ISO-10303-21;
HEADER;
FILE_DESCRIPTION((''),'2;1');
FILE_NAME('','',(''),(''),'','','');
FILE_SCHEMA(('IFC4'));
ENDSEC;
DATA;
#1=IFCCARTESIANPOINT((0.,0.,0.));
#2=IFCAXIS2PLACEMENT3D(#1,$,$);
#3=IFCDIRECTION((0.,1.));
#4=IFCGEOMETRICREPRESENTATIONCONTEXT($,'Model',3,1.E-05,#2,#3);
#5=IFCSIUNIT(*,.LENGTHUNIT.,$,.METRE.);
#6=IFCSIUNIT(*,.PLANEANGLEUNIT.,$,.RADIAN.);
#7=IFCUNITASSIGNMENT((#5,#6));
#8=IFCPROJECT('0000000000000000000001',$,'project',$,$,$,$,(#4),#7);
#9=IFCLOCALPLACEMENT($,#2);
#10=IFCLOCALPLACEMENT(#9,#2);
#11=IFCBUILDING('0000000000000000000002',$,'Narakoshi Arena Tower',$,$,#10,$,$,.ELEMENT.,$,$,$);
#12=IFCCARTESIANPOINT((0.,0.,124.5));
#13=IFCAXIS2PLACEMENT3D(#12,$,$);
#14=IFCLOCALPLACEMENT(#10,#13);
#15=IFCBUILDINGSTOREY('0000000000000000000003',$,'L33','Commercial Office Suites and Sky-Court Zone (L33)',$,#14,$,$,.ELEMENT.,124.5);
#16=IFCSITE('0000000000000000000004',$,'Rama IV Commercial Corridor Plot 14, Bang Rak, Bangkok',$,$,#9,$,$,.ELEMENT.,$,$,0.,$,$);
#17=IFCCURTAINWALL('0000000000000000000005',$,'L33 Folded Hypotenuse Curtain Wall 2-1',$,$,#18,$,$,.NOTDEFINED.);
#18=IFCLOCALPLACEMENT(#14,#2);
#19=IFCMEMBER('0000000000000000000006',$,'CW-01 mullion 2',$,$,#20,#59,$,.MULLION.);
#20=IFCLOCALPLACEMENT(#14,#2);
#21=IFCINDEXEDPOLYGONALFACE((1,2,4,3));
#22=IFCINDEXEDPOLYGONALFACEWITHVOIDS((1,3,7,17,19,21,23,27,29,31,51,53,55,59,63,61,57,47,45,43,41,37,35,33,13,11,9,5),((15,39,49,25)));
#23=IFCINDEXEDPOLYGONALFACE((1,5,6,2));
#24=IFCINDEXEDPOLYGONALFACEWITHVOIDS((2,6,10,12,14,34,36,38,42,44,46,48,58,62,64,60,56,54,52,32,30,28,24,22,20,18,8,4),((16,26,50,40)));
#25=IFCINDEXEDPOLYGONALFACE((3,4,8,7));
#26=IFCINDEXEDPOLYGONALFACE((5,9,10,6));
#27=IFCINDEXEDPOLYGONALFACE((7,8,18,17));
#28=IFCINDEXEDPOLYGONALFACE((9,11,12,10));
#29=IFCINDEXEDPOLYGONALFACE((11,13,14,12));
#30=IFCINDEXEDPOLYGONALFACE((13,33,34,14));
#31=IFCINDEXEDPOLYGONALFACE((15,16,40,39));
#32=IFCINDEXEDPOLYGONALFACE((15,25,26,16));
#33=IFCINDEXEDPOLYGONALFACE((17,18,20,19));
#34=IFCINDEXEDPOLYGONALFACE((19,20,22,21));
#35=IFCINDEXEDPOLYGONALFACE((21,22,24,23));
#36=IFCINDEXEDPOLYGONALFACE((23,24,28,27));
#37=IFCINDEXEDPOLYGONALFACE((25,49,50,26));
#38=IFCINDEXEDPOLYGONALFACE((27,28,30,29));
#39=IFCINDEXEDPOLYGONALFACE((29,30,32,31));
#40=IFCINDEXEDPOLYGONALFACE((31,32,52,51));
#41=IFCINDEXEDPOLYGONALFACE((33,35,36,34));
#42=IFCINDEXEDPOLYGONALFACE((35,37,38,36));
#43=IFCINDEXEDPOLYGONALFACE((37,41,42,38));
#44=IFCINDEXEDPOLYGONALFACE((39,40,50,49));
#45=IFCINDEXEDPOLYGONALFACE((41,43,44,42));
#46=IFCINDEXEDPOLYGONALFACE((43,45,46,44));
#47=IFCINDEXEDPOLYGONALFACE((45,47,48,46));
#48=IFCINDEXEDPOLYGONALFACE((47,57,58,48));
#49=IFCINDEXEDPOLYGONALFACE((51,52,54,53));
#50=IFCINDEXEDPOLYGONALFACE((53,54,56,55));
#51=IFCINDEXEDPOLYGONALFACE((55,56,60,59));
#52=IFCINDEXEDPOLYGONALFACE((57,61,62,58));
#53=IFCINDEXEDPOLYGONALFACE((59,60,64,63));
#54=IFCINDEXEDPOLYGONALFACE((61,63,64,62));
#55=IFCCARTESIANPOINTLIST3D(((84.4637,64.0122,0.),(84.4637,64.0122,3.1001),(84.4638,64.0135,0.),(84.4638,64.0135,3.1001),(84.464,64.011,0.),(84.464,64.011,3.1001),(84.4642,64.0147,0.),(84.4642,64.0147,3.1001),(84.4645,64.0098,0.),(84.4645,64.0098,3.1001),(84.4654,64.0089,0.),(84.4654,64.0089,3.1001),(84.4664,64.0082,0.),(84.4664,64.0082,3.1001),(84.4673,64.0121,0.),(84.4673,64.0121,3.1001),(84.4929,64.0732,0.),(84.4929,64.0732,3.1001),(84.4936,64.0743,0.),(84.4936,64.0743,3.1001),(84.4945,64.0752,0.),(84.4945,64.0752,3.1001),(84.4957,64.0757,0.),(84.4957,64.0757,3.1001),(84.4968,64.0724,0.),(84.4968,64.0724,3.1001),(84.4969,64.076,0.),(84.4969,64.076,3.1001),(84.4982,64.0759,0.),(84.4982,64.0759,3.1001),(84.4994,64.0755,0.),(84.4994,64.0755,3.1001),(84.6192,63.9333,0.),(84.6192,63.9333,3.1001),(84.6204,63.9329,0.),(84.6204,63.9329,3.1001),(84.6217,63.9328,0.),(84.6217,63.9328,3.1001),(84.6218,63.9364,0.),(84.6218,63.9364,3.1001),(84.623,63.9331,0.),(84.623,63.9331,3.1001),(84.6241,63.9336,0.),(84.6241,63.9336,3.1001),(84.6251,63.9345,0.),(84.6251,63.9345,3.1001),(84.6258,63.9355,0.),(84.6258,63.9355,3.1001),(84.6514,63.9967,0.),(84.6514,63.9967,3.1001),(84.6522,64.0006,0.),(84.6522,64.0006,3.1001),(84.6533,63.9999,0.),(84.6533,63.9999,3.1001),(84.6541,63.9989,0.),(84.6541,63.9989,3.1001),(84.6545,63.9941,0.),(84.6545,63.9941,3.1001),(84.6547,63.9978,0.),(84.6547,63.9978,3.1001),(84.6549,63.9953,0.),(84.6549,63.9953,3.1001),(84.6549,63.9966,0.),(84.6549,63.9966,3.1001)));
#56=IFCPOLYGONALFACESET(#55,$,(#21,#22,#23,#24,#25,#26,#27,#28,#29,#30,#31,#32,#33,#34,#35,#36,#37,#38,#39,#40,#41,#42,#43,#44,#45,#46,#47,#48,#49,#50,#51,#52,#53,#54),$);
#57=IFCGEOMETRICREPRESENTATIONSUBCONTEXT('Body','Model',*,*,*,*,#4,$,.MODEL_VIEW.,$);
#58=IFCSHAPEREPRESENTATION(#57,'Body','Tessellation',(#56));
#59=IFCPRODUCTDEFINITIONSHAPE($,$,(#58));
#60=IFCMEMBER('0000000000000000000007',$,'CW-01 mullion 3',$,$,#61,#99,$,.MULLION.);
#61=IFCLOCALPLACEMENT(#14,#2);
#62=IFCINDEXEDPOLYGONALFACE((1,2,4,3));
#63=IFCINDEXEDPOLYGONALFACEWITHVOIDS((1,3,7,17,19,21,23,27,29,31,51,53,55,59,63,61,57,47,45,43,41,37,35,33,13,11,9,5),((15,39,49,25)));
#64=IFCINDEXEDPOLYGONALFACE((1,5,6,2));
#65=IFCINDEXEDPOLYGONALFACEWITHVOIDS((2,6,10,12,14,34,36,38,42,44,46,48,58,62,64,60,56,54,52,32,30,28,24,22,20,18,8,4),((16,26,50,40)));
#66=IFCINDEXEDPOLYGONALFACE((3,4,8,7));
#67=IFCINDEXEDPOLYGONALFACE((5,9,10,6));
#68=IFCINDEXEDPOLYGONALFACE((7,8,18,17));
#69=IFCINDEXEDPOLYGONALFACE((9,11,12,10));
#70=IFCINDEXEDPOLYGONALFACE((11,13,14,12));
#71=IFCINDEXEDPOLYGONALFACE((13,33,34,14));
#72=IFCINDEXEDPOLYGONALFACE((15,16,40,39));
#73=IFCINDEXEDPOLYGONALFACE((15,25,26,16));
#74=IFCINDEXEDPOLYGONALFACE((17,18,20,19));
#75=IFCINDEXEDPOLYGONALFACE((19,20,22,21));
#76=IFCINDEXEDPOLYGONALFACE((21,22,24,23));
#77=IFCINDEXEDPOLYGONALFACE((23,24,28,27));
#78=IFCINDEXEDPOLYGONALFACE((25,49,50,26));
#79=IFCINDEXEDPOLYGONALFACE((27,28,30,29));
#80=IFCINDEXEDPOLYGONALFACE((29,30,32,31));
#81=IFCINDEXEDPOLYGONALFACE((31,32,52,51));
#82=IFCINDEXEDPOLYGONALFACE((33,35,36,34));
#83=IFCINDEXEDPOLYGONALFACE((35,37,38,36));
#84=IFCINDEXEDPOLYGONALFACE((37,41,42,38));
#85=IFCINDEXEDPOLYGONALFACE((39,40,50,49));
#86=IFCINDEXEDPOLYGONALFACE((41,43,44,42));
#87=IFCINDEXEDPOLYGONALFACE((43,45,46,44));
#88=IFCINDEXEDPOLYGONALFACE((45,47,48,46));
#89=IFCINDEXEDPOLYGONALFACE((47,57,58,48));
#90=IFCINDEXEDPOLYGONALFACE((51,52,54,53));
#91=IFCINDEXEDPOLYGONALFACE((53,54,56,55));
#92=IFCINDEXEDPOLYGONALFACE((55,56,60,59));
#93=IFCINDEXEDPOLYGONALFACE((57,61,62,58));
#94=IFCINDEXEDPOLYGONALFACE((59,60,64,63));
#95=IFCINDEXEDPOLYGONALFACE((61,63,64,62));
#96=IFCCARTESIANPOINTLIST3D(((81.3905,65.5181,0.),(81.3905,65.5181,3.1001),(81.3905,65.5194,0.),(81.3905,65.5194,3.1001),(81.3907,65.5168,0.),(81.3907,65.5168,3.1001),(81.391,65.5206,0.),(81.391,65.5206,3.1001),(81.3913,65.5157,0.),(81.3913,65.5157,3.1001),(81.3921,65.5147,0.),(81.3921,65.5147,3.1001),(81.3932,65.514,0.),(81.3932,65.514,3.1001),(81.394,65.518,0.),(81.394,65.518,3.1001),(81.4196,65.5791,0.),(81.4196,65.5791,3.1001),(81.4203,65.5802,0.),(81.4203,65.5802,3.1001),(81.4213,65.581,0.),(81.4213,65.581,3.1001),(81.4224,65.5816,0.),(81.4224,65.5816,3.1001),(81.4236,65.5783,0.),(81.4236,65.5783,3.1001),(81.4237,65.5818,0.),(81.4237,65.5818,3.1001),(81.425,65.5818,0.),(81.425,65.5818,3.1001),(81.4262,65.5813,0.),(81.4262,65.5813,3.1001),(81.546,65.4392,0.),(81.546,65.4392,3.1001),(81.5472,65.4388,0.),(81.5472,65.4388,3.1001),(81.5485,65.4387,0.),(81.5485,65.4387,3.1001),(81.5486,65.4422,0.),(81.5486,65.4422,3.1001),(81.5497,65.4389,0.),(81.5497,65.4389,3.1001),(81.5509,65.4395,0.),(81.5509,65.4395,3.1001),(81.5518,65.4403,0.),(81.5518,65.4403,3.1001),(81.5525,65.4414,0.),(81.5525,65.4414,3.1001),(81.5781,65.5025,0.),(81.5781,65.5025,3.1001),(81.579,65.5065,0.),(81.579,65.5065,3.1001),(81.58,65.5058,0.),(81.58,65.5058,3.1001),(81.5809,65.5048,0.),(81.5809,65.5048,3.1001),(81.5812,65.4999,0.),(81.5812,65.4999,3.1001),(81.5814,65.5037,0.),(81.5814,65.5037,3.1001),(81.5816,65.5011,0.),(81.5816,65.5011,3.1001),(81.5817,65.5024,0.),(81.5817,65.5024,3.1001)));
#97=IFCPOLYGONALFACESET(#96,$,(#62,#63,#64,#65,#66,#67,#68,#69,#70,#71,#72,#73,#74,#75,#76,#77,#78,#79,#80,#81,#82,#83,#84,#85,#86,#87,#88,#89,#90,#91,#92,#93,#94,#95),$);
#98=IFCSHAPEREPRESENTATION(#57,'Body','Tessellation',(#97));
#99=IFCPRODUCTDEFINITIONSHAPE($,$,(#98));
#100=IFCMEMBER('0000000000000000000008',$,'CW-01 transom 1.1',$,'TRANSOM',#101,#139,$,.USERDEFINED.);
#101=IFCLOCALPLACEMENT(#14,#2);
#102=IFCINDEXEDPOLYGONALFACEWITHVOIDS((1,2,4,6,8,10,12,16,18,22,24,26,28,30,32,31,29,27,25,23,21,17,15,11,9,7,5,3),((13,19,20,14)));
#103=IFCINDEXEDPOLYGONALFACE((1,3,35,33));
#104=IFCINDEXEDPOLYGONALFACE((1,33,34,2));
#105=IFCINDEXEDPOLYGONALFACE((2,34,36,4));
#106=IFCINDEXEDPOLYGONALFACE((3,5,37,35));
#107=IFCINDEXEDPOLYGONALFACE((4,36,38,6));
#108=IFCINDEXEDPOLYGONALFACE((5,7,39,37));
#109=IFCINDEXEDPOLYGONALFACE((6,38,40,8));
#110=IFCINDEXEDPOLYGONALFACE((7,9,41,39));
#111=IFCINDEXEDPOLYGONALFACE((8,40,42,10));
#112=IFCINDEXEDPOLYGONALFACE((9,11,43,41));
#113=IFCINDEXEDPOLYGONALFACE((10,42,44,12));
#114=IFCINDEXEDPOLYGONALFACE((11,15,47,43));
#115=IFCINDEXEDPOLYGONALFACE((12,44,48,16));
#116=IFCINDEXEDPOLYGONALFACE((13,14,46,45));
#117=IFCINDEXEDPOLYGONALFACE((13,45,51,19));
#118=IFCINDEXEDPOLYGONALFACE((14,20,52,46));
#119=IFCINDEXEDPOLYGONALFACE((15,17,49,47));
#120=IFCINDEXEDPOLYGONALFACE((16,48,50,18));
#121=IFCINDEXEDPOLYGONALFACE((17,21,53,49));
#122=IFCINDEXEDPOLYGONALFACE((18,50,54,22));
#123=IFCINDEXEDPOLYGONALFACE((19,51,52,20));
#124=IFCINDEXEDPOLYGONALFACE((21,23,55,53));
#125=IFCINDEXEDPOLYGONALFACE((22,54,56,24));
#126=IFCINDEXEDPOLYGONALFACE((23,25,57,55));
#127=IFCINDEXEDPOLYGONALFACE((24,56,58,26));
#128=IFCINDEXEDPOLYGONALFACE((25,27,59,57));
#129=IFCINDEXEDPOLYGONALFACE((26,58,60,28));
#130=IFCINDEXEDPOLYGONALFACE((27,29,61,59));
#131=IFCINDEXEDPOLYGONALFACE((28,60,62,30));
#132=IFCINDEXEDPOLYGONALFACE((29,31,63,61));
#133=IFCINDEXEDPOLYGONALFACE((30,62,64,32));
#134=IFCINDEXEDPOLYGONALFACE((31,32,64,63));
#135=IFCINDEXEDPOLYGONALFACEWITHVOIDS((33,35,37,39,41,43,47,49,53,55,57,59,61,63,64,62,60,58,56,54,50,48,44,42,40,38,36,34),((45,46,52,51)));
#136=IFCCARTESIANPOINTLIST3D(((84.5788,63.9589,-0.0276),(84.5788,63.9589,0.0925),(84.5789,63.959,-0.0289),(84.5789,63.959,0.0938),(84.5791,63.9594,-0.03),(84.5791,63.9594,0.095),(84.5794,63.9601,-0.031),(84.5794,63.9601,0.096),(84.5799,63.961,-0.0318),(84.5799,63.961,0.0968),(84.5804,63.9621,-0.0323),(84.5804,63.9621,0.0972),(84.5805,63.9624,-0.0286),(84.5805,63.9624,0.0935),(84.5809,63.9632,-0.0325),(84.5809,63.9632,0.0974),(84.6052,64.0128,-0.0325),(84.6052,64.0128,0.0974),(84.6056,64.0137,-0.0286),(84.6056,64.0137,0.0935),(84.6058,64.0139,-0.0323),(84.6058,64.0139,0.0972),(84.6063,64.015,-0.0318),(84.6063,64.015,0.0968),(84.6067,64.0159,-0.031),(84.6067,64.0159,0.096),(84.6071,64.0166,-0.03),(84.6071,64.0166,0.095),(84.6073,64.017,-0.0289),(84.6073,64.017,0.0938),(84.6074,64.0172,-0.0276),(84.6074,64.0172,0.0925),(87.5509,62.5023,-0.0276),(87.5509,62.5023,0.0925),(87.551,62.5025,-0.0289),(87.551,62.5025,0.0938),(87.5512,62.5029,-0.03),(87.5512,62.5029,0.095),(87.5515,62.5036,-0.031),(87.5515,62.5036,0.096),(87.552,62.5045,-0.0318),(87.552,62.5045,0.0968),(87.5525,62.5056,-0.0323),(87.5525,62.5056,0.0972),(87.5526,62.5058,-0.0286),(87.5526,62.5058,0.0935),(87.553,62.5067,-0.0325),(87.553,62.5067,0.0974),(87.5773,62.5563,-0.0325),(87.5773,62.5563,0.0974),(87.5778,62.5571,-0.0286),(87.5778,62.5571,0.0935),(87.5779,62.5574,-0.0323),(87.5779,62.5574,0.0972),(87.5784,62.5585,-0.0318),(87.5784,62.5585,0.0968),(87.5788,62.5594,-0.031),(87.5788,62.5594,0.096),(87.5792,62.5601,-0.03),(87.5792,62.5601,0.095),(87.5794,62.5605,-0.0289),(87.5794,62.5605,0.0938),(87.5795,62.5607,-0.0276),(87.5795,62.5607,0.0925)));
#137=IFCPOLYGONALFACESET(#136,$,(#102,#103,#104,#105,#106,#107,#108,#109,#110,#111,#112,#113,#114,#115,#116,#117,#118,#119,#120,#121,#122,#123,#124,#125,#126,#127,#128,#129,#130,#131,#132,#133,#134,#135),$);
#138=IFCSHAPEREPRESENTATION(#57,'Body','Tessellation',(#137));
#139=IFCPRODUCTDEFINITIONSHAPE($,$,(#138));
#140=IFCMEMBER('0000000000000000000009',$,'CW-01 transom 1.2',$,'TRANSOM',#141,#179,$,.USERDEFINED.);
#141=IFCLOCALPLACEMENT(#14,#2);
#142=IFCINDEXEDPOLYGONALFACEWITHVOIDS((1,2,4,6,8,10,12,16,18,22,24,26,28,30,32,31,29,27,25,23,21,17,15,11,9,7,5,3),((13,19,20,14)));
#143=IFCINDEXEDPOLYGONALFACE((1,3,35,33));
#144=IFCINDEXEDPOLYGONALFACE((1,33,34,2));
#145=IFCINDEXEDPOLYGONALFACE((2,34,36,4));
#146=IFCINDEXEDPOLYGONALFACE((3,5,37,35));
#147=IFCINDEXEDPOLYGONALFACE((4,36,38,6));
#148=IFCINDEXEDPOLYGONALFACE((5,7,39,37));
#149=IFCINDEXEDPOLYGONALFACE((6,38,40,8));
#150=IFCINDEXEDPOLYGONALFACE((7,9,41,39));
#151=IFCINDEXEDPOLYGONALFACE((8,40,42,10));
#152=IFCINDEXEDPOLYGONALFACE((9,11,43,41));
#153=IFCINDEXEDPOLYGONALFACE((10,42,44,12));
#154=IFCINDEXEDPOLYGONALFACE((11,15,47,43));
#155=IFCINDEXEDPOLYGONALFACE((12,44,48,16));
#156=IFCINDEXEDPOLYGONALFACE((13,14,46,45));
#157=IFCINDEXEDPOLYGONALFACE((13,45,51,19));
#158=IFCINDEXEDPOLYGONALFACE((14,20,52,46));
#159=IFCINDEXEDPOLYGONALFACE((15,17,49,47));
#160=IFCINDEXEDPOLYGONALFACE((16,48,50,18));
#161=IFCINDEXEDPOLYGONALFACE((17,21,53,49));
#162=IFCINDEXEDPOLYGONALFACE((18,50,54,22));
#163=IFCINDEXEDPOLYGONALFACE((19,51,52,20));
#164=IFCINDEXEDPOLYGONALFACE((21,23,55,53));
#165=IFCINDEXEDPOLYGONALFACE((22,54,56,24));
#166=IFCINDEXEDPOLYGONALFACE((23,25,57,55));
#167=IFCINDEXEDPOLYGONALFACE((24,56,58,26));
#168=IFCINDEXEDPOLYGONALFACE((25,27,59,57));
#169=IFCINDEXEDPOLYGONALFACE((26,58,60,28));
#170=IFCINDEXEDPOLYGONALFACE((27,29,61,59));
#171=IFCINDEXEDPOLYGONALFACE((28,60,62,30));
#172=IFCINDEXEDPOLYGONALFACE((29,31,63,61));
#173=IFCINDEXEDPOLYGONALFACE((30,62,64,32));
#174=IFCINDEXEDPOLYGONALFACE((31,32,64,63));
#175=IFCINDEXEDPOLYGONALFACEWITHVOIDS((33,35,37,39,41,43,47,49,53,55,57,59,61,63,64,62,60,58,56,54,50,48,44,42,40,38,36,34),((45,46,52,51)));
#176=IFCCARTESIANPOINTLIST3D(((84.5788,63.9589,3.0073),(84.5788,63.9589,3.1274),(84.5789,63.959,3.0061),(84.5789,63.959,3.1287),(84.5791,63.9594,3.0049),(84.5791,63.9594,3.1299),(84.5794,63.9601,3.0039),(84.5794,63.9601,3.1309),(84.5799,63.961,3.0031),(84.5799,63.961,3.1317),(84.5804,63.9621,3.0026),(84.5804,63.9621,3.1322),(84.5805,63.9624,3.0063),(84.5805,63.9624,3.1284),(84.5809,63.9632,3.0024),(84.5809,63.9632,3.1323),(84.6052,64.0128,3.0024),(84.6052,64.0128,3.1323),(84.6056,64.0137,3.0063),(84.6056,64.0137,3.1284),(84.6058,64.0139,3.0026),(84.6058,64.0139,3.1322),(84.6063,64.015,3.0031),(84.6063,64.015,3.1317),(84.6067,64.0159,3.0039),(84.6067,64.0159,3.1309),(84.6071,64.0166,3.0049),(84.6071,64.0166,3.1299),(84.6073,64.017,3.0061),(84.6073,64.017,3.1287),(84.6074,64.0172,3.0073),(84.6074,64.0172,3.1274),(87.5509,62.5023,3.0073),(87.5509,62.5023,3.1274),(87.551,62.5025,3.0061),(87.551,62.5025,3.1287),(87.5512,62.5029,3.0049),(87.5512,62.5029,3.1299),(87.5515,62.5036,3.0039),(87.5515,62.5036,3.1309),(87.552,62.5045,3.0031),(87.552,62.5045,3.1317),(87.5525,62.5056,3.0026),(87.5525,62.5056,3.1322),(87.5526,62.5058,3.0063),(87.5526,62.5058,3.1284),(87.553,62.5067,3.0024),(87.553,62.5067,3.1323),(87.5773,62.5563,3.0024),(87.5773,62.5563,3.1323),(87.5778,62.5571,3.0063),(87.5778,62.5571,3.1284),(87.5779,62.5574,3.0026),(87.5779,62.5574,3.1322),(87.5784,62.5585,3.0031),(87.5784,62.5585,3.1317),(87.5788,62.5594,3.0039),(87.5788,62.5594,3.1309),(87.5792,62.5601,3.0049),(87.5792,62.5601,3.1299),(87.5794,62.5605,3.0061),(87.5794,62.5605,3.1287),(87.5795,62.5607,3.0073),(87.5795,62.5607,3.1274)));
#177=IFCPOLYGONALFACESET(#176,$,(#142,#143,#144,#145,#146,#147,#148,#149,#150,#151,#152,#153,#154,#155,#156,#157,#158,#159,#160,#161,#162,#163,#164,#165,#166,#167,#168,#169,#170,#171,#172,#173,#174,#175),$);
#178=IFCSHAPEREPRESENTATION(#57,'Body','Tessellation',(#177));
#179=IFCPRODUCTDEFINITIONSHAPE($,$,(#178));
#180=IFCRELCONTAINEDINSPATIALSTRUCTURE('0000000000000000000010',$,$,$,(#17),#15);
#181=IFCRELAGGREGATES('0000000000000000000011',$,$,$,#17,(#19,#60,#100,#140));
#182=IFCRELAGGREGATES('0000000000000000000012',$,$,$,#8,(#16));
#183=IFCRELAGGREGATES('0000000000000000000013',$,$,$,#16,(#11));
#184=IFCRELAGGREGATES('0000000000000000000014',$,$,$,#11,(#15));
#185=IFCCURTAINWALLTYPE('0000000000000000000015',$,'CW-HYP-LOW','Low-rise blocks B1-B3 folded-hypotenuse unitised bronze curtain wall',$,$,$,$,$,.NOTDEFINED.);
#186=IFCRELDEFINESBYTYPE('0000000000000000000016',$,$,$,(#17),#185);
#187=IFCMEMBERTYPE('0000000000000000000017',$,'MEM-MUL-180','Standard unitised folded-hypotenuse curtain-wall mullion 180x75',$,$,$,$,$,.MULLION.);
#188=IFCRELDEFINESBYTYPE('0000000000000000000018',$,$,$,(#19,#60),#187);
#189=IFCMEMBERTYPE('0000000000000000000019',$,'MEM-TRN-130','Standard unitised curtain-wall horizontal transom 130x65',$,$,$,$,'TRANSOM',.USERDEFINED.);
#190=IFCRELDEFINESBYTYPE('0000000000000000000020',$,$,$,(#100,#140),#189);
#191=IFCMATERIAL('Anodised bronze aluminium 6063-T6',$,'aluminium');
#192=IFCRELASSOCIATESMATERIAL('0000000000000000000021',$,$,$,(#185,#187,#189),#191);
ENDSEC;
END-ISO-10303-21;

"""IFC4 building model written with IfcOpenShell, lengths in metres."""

from ifc_helpers import new_model, si_unit, direction, frame, origin, origin_2d, place, context, subcontext, project, spatial, hollow_rectangle, extrude, material, material_profile, profile_set, type_object, element, aggregate, save


model = new_model("IFC4")

# Units and contexts
model_context = context("Model", 3, precision=1e-05, world=origin(), true_north=direction((0.0, 1.0)))
body_context = subcontext(model_context, "Body", "Model", "MODEL_VIEW")
ifc_project = project(units=[si_unit("LENGTHUNIT", "METRE"), si_unit("PLANEANGLEUNIT", "RADIAN")], contexts=[model_context])

# Site, building, storey
site_placement = place(None, origin())
site = spatial("IfcSite", under=ifc_project, at=site_placement, Name="Rama IV Commercial Corridor Plot 14, Bang Rak, Bangkok", CompositionType="ELEMENT", RefElevation=0.0)
building_placement = place(site_placement, origin())
building = spatial("IfcBuilding", under=site, at=building_placement, Name="Narakoshi Arena Tower", CompositionType="ELEMENT")
storey_placement = place(building_placement, frame((0.0, 0.0, 124.5)))
storey = spatial("IfcBuildingStorey", under=building, at=storey_placement, Name="L33", Description="Commercial Office Suites and Sky-Court Zone (L33)", CompositionType="ELEMENT", Elevation=124.5)

# Curtain wall, members
ifc_material_1 = material(Name="Anodised bronze aluminium 6063-T6", Category="aluminium")
curtain_wall_type = type_object("IfcCurtainWallType", Name="CW-HYP-LOW", Description="Low-rise blocks B1-B3 folded-hypotenuse unitised bronze curtain wall", PredefinedType="NOTDEFINED", material=ifc_material_1)
curtain_wall_placement = place(storey_placement, origin())
curtain_wall = element("IfcCurtainWall", 1, at=curtain_wall_placement, inside=storey, type_object=curtain_wall_type, Name="L33 Folded Hypotenuse Curtain Wall 2-1", PredefinedType="NOTDEFINED")
ifc_material_profile_1 = material_profile(ifc_material_1, hollow_rectangle(XDim=0.075, YDim=0.1799, WallThickness=0.0039, OuterFilletRadius=0.0049, at=origin_2d()), Name="MUL180x75x4")
ifc_profile_set_1 = profile_set([ifc_material_profile_1], Name="Anodised bronze aluminium 6063-T6")
member_type_1 = type_object("IfcMemberType", Name="MEM-MUL-180", Description="Standard unitised folded-hypotenuse curtain-wall mullion 180x75", PredefinedType="MULLION", material=ifc_profile_set_1)
member_1_placement = place(storey_placement, frame((84.5593, 64.0044, 0.0), z_axis=(0.0, 0.0, 1.0), x_axis=(-0.440005, -0.897996, 0.0)))
member_1 = element("IfcMember", 2, at=member_1_placement, type_object=member_type_1, Name="CW-01 mullion 2", PredefinedType="MULLION", context=body_context, shape_type="SweptSolid", body=[
    extrude(hollow_rectangle(XDim=0.075, YDim=0.1799, WallThickness=0.0039, OuterFilletRadius=0.0049, at=origin_2d()), origin(), (0.0, 0.0, 1.0), 3.1001),
])
member_2_placement = place(storey_placement, frame((81.4861, 65.5103, 0.0), z_axis=(0.0, 0.0, 1.0), x_axis=(-0.440005, -0.897996, 0.0)))
member_2 = element("IfcMember", 3, at=member_2_placement, type_object=member_type_1, Name="CW-01 mullion 3", PredefinedType="MULLION", context=body_context, shape_type="SweptSolid", body=[
    extrude(hollow_rectangle(XDim=0.075, YDim=0.1799, WallThickness=0.0039, OuterFilletRadius=0.0049, at=origin_2d()), origin(), (0.0, 0.0, 1.0), 3.1001),
])
ifc_material_profile_2 = material_profile(ifc_material_1, hollow_rectangle(XDim=0.0649, YDim=0.1299, WallThickness=0.0039, OuterFilletRadius=0.0049, at=origin_2d()), Name="TRN130x65x4")
ifc_profile_set_2 = profile_set([ifc_material_profile_2], Name="Anodised bronze aluminium 6063-T6")
member_type_2 = type_object("IfcMemberType", Name="MEM-TRN-130", Description="Standard unitised curtain-wall horizontal transom 130x65", ElementType="TRANSOM", PredefinedType="USERDEFINED", material=ifc_profile_set_2)
member_3_placement = place(storey_placement, frame((87.5652, 62.5315, 0.0325), z_axis=(-0.897969, 0.440059, 0.0), x_axis=(-0.440059, -0.897969, 0.0)))
member_3 = element("IfcMember", 4, at=member_3_placement, type_object=member_type_2, Name="CW-01 transom 1.1", ObjectType="TRANSOM", PredefinedType="USERDEFINED", context=body_context, shape_type="SweptSolid", body=[
    extrude(hollow_rectangle(XDim=0.0649, YDim=0.1299, WallThickness=0.0039, OuterFilletRadius=0.0049, at=origin_2d()), origin(), (0.0, 0.0, 1.0), 3.3098),
])
member_4_placement = place(storey_placement, frame((87.5652, 62.5315, 3.0674), z_axis=(-0.897969, 0.440059, 0.0), x_axis=(-0.440059, -0.897969, 0.0)))
member_4 = element("IfcMember", 5, at=member_4_placement, type_object=member_type_2, Name="CW-01 transom 1.2", ObjectType="TRANSOM", PredefinedType="USERDEFINED", context=body_context, shape_type="SweptSolid", body=[
    extrude(hollow_rectangle(XDim=0.0649, YDim=0.1299, WallThickness=0.0039, OuterFilletRadius=0.0049, at=origin_2d()), origin(), (0.0, 0.0, 1.0), 3.3098),
])
aggregate(curtain_wall, [member_1, member_2, member_3, member_4])

save(model, "model.ifc")
